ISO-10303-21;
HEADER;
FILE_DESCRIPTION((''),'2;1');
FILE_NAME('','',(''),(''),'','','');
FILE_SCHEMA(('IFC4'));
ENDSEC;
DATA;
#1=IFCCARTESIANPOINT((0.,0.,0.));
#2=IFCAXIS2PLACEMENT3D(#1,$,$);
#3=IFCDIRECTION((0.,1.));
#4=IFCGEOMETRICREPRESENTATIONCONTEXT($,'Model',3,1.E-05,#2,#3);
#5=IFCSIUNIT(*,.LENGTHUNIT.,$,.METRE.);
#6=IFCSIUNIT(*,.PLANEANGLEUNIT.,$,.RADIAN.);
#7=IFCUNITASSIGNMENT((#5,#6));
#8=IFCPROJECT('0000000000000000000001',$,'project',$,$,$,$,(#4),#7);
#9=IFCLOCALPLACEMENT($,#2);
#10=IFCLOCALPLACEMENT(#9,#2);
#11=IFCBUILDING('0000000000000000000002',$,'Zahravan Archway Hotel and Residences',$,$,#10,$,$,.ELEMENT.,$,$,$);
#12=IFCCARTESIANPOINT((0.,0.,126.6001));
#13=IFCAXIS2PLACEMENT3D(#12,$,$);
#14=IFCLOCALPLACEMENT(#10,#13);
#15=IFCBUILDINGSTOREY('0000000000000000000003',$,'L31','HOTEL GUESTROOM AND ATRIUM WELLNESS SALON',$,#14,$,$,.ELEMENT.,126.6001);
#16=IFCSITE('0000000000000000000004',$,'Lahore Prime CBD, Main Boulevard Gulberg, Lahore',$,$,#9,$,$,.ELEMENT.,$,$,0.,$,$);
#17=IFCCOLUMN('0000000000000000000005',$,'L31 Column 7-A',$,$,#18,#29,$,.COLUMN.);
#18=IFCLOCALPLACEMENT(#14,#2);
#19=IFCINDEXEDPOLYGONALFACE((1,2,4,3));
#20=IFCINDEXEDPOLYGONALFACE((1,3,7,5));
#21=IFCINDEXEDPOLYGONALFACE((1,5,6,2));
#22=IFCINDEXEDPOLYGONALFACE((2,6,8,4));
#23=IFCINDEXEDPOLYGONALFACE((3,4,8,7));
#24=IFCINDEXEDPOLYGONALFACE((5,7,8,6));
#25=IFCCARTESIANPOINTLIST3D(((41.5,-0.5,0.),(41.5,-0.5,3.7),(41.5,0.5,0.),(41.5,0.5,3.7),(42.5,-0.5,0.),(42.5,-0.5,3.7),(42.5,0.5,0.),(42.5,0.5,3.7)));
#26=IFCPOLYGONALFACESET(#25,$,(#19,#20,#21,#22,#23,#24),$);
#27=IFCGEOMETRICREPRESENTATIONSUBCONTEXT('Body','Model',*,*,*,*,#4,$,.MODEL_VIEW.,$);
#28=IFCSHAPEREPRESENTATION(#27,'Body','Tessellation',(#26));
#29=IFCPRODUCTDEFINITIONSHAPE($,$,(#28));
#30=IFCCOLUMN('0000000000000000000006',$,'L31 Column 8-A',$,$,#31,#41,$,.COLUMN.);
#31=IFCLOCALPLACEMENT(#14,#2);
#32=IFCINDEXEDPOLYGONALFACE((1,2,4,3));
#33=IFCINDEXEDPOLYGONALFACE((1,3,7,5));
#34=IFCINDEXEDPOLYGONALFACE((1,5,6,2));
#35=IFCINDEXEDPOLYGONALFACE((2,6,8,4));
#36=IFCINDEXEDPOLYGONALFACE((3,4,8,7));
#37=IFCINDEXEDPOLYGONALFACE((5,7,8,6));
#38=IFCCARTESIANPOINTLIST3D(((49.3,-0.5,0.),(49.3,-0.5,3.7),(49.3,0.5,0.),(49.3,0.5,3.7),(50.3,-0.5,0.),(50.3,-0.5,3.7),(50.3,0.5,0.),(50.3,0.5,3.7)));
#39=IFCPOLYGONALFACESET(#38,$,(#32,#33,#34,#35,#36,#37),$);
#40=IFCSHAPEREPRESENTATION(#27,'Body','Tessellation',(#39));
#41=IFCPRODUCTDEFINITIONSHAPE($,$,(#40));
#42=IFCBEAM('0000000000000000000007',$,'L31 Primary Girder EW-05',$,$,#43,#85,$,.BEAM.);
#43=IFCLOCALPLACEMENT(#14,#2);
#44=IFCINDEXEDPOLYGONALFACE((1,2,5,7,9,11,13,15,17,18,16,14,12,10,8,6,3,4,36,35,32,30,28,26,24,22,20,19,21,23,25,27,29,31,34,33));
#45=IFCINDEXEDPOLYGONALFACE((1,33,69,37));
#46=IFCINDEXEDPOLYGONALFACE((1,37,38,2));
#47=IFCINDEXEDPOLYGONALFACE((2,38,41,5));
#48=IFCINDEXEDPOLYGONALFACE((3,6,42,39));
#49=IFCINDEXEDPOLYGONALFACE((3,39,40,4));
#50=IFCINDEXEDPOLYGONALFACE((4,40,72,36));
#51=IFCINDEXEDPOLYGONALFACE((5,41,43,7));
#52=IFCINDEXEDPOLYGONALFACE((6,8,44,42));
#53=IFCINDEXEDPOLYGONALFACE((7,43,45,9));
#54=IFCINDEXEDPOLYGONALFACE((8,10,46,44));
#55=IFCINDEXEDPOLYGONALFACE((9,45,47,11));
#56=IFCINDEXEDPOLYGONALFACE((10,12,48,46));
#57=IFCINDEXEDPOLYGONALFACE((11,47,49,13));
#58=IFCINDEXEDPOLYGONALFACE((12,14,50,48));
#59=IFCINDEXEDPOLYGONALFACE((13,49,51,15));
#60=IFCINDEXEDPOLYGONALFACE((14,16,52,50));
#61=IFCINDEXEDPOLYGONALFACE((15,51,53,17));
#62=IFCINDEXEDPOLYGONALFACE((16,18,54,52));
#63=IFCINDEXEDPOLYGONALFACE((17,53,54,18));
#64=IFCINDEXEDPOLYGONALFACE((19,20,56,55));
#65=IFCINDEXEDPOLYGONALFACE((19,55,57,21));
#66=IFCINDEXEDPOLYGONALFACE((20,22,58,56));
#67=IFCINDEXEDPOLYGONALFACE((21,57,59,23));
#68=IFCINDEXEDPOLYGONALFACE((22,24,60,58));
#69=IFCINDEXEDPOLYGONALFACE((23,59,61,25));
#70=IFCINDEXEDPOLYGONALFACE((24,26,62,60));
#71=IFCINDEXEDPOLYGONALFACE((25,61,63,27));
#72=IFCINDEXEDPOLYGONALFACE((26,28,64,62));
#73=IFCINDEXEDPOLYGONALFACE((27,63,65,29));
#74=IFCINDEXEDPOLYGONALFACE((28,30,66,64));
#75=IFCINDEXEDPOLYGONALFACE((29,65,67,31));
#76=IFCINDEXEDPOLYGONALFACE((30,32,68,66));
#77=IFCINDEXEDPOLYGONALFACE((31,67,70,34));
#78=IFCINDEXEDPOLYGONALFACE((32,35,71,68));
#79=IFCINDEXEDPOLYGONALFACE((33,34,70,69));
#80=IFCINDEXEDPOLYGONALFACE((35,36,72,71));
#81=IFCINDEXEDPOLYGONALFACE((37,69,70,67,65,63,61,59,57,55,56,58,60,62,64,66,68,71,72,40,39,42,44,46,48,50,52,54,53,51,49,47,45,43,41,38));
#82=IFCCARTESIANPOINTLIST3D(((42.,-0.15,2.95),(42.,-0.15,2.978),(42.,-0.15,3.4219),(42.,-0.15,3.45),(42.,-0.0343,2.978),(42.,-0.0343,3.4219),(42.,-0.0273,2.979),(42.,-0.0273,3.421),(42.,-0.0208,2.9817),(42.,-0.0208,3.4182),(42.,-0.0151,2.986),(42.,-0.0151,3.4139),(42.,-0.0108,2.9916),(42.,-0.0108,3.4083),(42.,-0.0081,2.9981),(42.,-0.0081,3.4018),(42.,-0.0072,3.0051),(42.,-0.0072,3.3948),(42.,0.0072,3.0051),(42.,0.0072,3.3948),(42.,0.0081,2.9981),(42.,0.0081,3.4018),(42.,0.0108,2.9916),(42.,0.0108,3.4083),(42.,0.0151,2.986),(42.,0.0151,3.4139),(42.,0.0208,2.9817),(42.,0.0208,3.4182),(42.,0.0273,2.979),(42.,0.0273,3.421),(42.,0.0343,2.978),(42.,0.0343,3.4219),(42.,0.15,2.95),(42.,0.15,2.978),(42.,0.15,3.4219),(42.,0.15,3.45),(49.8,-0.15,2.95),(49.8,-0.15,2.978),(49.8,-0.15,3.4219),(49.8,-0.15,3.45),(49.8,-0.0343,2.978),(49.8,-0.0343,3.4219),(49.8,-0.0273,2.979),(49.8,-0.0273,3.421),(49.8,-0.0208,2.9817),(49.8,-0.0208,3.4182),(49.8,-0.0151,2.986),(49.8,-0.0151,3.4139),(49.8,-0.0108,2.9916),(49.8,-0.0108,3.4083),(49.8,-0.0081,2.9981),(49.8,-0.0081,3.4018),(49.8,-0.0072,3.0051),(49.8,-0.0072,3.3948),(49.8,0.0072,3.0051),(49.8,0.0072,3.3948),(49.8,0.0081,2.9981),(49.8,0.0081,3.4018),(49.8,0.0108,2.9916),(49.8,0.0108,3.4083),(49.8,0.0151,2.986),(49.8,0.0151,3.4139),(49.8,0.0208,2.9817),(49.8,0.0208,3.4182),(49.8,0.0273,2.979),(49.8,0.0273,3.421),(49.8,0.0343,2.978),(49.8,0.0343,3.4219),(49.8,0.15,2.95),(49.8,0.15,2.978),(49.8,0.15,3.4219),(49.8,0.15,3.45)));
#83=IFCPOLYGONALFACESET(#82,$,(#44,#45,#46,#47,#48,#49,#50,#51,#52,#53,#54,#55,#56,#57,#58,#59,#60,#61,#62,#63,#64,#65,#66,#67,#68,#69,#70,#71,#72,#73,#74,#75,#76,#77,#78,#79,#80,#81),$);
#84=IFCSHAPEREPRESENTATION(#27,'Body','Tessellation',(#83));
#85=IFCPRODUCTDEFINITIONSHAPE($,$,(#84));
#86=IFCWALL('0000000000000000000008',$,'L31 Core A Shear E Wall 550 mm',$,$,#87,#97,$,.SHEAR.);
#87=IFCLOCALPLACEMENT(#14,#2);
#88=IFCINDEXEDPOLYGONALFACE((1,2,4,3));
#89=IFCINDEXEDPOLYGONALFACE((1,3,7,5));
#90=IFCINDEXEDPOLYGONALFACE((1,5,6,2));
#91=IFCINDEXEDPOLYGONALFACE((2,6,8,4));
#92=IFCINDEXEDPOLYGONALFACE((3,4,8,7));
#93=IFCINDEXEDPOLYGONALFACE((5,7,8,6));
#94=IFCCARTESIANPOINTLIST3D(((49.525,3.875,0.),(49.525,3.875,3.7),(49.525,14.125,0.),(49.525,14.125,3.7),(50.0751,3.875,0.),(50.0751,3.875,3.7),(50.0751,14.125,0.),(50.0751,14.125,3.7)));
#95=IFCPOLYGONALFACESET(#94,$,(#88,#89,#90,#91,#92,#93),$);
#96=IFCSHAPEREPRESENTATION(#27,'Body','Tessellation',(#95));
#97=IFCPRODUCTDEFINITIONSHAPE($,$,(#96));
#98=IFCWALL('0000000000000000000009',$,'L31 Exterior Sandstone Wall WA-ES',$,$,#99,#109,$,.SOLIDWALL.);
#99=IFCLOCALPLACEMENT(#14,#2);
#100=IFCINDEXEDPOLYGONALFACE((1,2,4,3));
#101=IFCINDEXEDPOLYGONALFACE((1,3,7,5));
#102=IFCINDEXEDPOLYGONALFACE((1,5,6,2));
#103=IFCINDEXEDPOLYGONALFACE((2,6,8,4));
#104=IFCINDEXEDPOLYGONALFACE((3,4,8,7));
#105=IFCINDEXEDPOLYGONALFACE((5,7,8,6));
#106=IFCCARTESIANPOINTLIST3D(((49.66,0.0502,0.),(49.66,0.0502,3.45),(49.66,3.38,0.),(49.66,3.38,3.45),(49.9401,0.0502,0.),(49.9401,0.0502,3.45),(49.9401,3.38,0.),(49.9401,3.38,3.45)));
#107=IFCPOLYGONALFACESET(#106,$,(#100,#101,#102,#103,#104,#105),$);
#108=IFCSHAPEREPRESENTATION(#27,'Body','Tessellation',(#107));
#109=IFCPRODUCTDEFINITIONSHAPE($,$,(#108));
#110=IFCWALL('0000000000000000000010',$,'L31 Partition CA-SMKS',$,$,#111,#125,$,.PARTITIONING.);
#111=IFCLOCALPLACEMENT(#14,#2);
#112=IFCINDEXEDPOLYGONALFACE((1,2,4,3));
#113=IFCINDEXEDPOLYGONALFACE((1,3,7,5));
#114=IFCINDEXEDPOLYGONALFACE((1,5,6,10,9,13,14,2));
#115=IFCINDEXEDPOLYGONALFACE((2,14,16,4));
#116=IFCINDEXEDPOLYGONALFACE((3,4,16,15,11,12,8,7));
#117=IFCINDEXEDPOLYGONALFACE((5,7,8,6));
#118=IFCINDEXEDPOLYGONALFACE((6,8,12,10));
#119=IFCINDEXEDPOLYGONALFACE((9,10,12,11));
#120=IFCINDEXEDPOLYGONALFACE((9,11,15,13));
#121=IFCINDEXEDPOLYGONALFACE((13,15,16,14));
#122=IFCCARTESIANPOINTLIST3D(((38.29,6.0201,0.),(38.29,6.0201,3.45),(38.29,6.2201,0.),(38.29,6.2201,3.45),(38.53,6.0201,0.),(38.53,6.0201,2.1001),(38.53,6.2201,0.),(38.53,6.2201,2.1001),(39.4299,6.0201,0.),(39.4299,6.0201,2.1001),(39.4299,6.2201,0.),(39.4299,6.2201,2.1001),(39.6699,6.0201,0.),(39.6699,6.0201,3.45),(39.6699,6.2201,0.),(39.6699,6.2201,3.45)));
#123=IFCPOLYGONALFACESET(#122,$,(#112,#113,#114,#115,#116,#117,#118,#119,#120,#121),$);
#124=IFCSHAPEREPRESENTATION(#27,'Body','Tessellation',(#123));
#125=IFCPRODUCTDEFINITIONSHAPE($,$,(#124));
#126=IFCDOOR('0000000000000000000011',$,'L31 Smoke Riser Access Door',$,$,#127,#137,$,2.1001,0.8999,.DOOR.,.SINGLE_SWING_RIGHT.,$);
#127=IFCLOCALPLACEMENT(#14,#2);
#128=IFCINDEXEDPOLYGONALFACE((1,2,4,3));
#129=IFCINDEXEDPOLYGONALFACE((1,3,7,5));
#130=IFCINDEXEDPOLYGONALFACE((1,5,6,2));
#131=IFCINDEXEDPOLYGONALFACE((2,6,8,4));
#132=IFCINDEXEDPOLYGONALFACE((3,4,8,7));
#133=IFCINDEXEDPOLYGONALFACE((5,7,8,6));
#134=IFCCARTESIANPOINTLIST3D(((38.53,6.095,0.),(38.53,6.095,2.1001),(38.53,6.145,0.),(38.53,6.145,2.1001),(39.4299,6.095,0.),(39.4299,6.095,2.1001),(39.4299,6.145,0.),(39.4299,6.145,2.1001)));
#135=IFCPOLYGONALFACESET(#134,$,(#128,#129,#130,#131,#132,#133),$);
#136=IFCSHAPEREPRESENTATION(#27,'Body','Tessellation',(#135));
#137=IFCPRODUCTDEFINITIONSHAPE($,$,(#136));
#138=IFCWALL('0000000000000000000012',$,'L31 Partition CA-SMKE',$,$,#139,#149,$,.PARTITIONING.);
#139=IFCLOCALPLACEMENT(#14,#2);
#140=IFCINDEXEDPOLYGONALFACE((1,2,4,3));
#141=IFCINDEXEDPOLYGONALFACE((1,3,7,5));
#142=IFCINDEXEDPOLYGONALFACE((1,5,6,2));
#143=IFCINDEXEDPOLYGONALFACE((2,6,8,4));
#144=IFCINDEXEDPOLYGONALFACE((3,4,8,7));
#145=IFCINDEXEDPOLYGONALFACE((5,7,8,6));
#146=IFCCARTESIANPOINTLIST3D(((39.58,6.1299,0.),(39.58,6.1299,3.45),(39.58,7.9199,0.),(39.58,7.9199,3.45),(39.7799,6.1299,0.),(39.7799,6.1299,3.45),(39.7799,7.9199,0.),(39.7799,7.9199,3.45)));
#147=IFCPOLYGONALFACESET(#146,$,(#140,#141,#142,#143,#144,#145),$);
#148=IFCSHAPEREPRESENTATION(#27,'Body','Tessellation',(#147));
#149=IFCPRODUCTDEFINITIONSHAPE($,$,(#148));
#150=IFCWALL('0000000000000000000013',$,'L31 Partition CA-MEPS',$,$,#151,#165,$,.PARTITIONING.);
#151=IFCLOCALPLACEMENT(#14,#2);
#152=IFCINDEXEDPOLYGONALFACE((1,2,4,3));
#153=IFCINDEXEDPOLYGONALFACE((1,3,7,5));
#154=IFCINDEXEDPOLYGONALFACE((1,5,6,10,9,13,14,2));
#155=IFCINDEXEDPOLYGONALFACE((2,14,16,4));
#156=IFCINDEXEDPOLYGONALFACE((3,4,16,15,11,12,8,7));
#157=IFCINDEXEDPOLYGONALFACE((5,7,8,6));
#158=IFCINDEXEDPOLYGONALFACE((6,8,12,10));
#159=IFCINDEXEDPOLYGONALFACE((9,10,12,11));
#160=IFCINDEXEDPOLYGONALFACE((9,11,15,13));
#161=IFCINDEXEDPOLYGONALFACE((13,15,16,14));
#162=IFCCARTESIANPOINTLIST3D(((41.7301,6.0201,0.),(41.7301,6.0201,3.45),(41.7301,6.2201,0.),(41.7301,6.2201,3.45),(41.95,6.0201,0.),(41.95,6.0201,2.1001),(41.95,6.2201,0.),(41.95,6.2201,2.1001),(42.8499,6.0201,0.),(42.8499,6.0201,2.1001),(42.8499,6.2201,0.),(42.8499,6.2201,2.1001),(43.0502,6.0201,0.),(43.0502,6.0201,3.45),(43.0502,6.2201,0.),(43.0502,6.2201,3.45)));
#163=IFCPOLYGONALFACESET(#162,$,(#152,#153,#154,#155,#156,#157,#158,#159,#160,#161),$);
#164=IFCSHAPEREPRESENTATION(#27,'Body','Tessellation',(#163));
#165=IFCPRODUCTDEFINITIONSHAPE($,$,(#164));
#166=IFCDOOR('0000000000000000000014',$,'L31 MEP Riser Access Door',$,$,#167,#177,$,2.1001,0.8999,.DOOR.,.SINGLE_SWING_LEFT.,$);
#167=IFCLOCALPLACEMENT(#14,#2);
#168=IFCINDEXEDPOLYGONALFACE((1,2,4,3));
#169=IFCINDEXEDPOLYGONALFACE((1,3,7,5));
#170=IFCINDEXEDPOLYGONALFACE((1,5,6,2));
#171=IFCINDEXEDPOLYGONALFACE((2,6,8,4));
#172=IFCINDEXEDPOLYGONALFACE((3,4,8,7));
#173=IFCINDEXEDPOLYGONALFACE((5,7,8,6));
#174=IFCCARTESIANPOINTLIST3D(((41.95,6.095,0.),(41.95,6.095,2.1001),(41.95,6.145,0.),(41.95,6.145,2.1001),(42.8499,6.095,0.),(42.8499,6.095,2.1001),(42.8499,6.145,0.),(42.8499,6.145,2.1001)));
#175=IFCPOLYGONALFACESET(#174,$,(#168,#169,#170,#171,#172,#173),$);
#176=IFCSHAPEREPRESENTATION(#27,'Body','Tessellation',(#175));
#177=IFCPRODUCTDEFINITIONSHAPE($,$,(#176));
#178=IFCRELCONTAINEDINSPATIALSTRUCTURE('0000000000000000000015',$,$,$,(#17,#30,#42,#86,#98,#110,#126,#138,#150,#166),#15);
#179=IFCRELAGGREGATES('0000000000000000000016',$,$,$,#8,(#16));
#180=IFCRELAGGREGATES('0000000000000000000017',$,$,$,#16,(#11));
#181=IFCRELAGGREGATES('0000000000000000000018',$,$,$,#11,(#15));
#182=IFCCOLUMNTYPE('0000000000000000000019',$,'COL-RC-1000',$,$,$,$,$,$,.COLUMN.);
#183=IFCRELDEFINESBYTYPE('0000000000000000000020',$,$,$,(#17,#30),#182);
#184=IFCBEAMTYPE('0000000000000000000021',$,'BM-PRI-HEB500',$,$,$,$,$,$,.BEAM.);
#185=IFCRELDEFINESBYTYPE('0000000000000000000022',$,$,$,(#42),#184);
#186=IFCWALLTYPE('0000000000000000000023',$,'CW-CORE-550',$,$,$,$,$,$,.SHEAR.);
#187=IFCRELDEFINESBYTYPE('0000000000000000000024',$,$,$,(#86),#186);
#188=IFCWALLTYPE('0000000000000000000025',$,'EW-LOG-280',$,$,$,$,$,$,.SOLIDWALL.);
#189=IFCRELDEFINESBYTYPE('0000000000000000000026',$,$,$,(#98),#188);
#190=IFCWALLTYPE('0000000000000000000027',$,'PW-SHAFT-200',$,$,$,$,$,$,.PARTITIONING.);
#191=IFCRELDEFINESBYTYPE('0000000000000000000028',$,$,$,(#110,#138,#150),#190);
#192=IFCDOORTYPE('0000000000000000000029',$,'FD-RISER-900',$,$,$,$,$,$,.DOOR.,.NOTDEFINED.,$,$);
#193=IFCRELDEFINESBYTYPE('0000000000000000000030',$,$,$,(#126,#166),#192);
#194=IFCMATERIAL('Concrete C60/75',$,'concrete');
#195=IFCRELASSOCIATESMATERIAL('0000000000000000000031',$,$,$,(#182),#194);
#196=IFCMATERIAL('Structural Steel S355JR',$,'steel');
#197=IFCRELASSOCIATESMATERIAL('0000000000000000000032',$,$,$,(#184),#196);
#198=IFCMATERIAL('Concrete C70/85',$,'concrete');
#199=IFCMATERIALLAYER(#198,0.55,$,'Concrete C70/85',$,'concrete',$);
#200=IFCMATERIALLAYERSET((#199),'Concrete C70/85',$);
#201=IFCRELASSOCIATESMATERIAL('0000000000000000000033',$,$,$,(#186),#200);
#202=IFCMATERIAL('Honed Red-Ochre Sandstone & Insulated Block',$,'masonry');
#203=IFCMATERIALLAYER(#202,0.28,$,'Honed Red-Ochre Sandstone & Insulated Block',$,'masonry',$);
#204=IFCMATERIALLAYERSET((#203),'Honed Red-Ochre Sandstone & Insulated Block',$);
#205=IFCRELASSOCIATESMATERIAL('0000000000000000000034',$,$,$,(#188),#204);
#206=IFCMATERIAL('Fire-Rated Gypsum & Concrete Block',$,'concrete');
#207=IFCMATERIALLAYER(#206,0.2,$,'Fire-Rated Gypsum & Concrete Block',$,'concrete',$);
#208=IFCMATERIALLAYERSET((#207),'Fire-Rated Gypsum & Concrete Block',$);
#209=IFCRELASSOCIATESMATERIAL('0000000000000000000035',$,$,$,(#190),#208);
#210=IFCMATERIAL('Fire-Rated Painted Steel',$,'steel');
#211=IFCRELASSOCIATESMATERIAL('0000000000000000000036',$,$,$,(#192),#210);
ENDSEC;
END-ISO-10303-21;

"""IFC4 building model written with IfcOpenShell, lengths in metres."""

from ifc_helpers import new_model, si_unit, direction, frame, frame_2d, origin, origin_2d, place, context, subcontext, project, spatial, rectangle, i_section, extrude, source, transform, mapped, material, layer, layer_set, material_profile, profile_set, type_object, type_shapes, element, fill, save


model = new_model("IFC4")

# Units and contexts
model_context = context("Model", 3, precision=1e-05, world=origin(), true_north=direction((0.0, 1.0)))
body_context = subcontext(model_context, "Body", "Model", "MODEL_VIEW")
ifc_project = project(units=[si_unit("LENGTHUNIT", "METRE"), si_unit("PLANEANGLEUNIT", "RADIAN")], contexts=[model_context])

# Site, building, storey
site_placement = place(None, origin())
site = spatial("IfcSite", under=ifc_project, at=site_placement, Name="Lahore Prime CBD, Main Boulevard Gulberg, Lahore", CompositionType="ELEMENT", RefElevation=0.0)
building_placement = place(site_placement, origin())
building = spatial("IfcBuilding", under=site, at=building_placement, Name="Zahravan Archway Hotel and Residences", CompositionType="ELEMENT")
storey_placement = place(building_placement, frame((0.0, 0.0, 126.6001)))
storey = spatial("IfcBuildingStorey", under=building, at=storey_placement, Name="L31", Description="HOTEL GUESTROOM AND ATRIUM WELLNESS SALON", CompositionType="ELEMENT", Elevation=126.6001)

# Columns
ifc_material_1 = material(Name="Concrete C60/75", Category="concrete")
ifc_material_profile_1 = material_profile(ifc_material_1, rectangle(XDim=1.0, YDim=1.0, at=origin_2d()), Name="RC-COL-1000x1000", Category="concrete")
ifc_profile_set_1 = profile_set([ifc_material_profile_1], Name="Concrete C60/75")
column_type = type_object("IfcColumnType", Name="COL-RC-1000", PredefinedType="COLUMN", material=ifc_profile_set_1)
shared_shape_1 = source(origin(), body_context, "Body", "SweptSolid", [
    extrude(rectangle(XDim=1.0, YDim=1.0, at=origin_2d()), origin(), (0.0, 0.0, 1.0), 3.7),
])
type_shapes(column_type, [shared_shape_1])
for number, where, z_axis, x_axis, name in (
    (1, (42.0, 0.0, 0.0), (0.0, 0.0, 1.0), (1.0, 0.0, 0.0), "L31 Column 7-A"),
    (2, (49.8, 0.0, 0.0), (0.0, 0.0, 1.0), (1.0, 0.0, 0.0), "L31 Column 8-A"),
):
    element("IfcColumn", number, at=place(storey_placement, frame(where, z_axis=z_axis, x_axis=x_axis)), inside=storey, type_object=column_type, Name=name, PredefinedType="COLUMN", context=body_context, shape_type="MappedRepresentation", body=[
        mapped(shared_shape_1, transform((0.0, 0.0, 0.0), scale=1.0)),
    ])

# Beam
ifc_material_2 = material(Name="Structural Steel S355JR", Category="steel")
ifc_material_profile_2 = material_profile(ifc_material_2, i_section(OverallWidth=0.3, OverallDepth=0.5, WebThickness=0.0144, FlangeThickness=0.0281, FilletRadius=0.0271, at=origin_2d()), Name="HEB 500", Category="steel")
ifc_profile_set_2 = profile_set([ifc_material_profile_2], Name="Structural Steel S355JR")
beam_type = type_object("IfcBeamType", Name="BM-PRI-HEB500", PredefinedType="BEAM", material=ifc_profile_set_2)
shared_shape_2 = source(origin(), body_context, "Body", "SweptSolid", [
    extrude(i_section(OverallWidth=0.3, OverallDepth=0.5, WebThickness=0.0144, FlangeThickness=0.0281, FilletRadius=0.0271, at=origin_2d()), origin(), (0.0, 0.0, 1.0), 7.8),
])
beam_placement = place(storey_placement, frame((42.0, 0.0, 3.2), z_axis=(1.0, 0.0, 0.0), x_axis=(0.0, 1.0, 0.0)))
element("IfcBeam", 3, at=beam_placement, inside=storey, type_object=beam_type, Name="L31 Primary Girder EW-05", PredefinedType="BEAM", context=body_context, shape_type="MappedRepresentation", body=[
    mapped(shared_shape_2, transform((0.0, 0.0, 0.0), scale=1.0)),
])

# Walls
ifc_material_3 = material(Name="Concrete C70/85", Category="concrete")
ifc_layer_1 = layer(ifc_material_3, 0.55, Name="Concrete C70/85", Category="concrete")
ifc_layer_set_1 = layer_set([ifc_layer_1], Name="Concrete C70/85")
wall_type_1 = type_object("IfcWallType", Name="CW-CORE-550", PredefinedType="SHEAR", material=ifc_layer_set_1)
wall_1_placement = place(storey_placement, frame((49.8, 3.875, 0.0), z_axis=(0.0, 0.0, 1.0), x_axis=(0.0, 1.0, 0.0)))
element("IfcWall", 4, at=wall_1_placement, inside=storey, type_object=wall_type_1, Name="L31 Core A Shear E Wall 550 mm", PredefinedType="SHEAR", context=body_context, shape_type="SweptSolid", body=[
    extrude(rectangle(XDim=10.25, YDim=0.55, at=frame_2d((5.125, 0.0))), origin(), (0.0, 0.0, 1.0), 3.7),
])
ifc_material_4 = material(Name="Honed Red-Ochre Sandstone & Insulated Block", Category="masonry")
ifc_layer_2 = layer(ifc_material_4, 0.28, Name="Honed Red-Ochre Sandstone & Insulated Block", Category="masonry")
ifc_layer_set_2 = layer_set([ifc_layer_2], Name="Honed Red-Ochre Sandstone & Insulated Block")
wall_type_2 = type_object("IfcWallType", Name="EW-LOG-280", PredefinedType="SOLIDWALL", material=ifc_layer_set_2)
wall_2_placement = place(storey_placement, frame((49.8, 0.05, 0.0), z_axis=(0.0, 0.0, 1.0), x_axis=(0.0, 1.0, 0.0)))
element("IfcWall", 5, at=wall_2_placement, inside=storey, type_object=wall_type_2, Name="L31 Exterior Sandstone Wall WA-ES", PredefinedType="SOLIDWALL", context=body_context, shape_type="SweptSolid", body=[
    extrude(rectangle(XDim=3.3298, YDim=0.28, at=frame_2d((1.665, 0.0))), origin(), (0.0, 0.0, 1.0), 3.45),
])

# Wall, opening, door
ifc_material_5 = material(Name="Fire-Rated Gypsum & Concrete Block", Category="concrete")
ifc_layer_3 = layer(ifc_material_5, 0.2, Name="Fire-Rated Gypsum & Concrete Block", Category="concrete")
ifc_layer_set_3 = layer_set([ifc_layer_3], Name="Fire-Rated Gypsum & Concrete Block")
wall_type_3 = type_object("IfcWallType", Name="PW-SHAFT-200", PredefinedType="PARTITIONING", material=ifc_layer_set_3)
wall_3_placement = place(storey_placement, frame((38.29, 6.1201, 0.0), z_axis=(0.0, 0.0, 1.0), x_axis=(1.0, 0.0, 0.0)))
wall_3 = element("IfcWall", 6, at=wall_3_placement, inside=storey, type_object=wall_type_3, Name="L31 Partition CA-SMKS", PredefinedType="PARTITIONING", context=body_context, shape_type="SweptSolid", body=[
    extrude(rectangle(XDim=1.3799, YDim=0.2, at=frame_2d((0.6899, 0.0))), origin(), (0.0, 0.0, 1.0), 3.45),
])
opening_1_placement = place(wall_3_placement, frame((0.24, 0.0, 0.0)))
opening_1 = element("IfcOpeningElement", 7, at=opening_1_placement, cuts=wall_3, PredefinedType="OPENING", context=body_context, shape_type="SweptSolid", body=[
    extrude(rectangle(XDim=0.8999, YDim=2.1001, at=frame_2d((0.45, 1.05))), frame((0.0, 0.1099, 0.0), z_axis=(0.0, -1.0, 0.0), x_axis=(1.0, 0.0, 0.0)), (0.0, 0.0, 1.0), 0.22),
])
ifc_material_6 = material(Name="Fire-Rated Painted Steel", Category="steel")
door_type = type_object("IfcDoorType", Name="FD-RISER-900", OperationType="NOTDEFINED", PredefinedType="DOOR", material=ifc_material_6)
shared_shape_3 = source(origin(), body_context, "Body", "SweptSolid", [
    extrude(rectangle(XDim=0.8999, YDim=2.1001, at=frame_2d((0.45, 1.05))), frame((0.0, 0.0249, 0.0), z_axis=(0.0, -1.0, 0.0), x_axis=(1.0, 0.0, 0.0)), (0.0, 0.0, 1.0), 0.05),
])
type_shapes(door_type, [shared_shape_3])
door_1_placement = place(opening_1_placement, origin())
door_1 = element("IfcDoor", 8, at=door_1_placement, inside=storey, type_object=door_type, Name="L31 Smoke Riser Access Door", OperationType="SINGLE_SWING_RIGHT", OverallHeight=2.1001, OverallWidth=0.8999, PredefinedType="DOOR", context=body_context, shape_type="MappedRepresentation", body=[
    mapped(shared_shape_3, transform((0.0, 0.0, 0.0), scale=1.0)),
])
fill(opening_1, door_1)

# Wall
wall_4_placement = place(storey_placement, frame((39.6799, 6.1299, 0.0), z_axis=(0.0, 0.0, 1.0), x_axis=(0.0, 1.0, 0.0)))
element("IfcWall", 9, at=wall_4_placement, inside=storey, type_object=wall_type_3, Name="L31 Partition CA-SMKE", PredefinedType="PARTITIONING", context=body_context, shape_type="SweptSolid", body=[
    extrude(rectangle(XDim=1.79, YDim=0.2, at=frame_2d((0.895, 0.0))), origin(), (0.0, 0.0, 1.0), 3.45),
])

# Wall, opening, door
wall_5_placement = place(storey_placement, frame((41.73, 6.1201, 0.0), z_axis=(0.0, 0.0, 1.0), x_axis=(1.0, 0.0, 0.0)))
wall_5 = element("IfcWall", 10, at=wall_5_placement, inside=storey, type_object=wall_type_3, Name="L31 Partition CA-MEPS", PredefinedType="PARTITIONING", context=body_context, shape_type="SweptSolid", body=[
    extrude(rectangle(XDim=1.3201, YDim=0.2, at=frame_2d((0.6602, 0.0))), origin(), (0.0, 0.0, 1.0), 3.45),
])
opening_2_placement = place(wall_5_placement, frame((0.22, 0.0, 0.0)))
opening_2 = element("IfcOpeningElement", 11, at=opening_2_placement, cuts=wall_5, PredefinedType="OPENING", context=body_context, shape_type="SweptSolid", body=[
    extrude(rectangle(XDim=0.8999, YDim=2.1001, at=frame_2d((0.45, 1.05))), frame((0.0, 0.1099, 0.0), z_axis=(0.0, -1.0, 0.0), x_axis=(1.0, 0.0, 0.0)), (0.0, 0.0, 1.0), 0.22),
])
door_2_placement = place(opening_2_placement, origin())
door_2 = element("IfcDoor", 12, at=door_2_placement, inside=storey, type_object=door_type, Name="L31 MEP Riser Access Door", OperationType="SINGLE_SWING_LEFT", OverallHeight=2.1001, OverallWidth=0.8999, PredefinedType="DOOR", context=body_context, shape_type="MappedRepresentation", body=[
    mapped(shared_shape_3, transform((0.0, 0.0, 0.0), scale=1.0)),
])
fill(opening_2, door_2)

save(model, "model.ifc")
